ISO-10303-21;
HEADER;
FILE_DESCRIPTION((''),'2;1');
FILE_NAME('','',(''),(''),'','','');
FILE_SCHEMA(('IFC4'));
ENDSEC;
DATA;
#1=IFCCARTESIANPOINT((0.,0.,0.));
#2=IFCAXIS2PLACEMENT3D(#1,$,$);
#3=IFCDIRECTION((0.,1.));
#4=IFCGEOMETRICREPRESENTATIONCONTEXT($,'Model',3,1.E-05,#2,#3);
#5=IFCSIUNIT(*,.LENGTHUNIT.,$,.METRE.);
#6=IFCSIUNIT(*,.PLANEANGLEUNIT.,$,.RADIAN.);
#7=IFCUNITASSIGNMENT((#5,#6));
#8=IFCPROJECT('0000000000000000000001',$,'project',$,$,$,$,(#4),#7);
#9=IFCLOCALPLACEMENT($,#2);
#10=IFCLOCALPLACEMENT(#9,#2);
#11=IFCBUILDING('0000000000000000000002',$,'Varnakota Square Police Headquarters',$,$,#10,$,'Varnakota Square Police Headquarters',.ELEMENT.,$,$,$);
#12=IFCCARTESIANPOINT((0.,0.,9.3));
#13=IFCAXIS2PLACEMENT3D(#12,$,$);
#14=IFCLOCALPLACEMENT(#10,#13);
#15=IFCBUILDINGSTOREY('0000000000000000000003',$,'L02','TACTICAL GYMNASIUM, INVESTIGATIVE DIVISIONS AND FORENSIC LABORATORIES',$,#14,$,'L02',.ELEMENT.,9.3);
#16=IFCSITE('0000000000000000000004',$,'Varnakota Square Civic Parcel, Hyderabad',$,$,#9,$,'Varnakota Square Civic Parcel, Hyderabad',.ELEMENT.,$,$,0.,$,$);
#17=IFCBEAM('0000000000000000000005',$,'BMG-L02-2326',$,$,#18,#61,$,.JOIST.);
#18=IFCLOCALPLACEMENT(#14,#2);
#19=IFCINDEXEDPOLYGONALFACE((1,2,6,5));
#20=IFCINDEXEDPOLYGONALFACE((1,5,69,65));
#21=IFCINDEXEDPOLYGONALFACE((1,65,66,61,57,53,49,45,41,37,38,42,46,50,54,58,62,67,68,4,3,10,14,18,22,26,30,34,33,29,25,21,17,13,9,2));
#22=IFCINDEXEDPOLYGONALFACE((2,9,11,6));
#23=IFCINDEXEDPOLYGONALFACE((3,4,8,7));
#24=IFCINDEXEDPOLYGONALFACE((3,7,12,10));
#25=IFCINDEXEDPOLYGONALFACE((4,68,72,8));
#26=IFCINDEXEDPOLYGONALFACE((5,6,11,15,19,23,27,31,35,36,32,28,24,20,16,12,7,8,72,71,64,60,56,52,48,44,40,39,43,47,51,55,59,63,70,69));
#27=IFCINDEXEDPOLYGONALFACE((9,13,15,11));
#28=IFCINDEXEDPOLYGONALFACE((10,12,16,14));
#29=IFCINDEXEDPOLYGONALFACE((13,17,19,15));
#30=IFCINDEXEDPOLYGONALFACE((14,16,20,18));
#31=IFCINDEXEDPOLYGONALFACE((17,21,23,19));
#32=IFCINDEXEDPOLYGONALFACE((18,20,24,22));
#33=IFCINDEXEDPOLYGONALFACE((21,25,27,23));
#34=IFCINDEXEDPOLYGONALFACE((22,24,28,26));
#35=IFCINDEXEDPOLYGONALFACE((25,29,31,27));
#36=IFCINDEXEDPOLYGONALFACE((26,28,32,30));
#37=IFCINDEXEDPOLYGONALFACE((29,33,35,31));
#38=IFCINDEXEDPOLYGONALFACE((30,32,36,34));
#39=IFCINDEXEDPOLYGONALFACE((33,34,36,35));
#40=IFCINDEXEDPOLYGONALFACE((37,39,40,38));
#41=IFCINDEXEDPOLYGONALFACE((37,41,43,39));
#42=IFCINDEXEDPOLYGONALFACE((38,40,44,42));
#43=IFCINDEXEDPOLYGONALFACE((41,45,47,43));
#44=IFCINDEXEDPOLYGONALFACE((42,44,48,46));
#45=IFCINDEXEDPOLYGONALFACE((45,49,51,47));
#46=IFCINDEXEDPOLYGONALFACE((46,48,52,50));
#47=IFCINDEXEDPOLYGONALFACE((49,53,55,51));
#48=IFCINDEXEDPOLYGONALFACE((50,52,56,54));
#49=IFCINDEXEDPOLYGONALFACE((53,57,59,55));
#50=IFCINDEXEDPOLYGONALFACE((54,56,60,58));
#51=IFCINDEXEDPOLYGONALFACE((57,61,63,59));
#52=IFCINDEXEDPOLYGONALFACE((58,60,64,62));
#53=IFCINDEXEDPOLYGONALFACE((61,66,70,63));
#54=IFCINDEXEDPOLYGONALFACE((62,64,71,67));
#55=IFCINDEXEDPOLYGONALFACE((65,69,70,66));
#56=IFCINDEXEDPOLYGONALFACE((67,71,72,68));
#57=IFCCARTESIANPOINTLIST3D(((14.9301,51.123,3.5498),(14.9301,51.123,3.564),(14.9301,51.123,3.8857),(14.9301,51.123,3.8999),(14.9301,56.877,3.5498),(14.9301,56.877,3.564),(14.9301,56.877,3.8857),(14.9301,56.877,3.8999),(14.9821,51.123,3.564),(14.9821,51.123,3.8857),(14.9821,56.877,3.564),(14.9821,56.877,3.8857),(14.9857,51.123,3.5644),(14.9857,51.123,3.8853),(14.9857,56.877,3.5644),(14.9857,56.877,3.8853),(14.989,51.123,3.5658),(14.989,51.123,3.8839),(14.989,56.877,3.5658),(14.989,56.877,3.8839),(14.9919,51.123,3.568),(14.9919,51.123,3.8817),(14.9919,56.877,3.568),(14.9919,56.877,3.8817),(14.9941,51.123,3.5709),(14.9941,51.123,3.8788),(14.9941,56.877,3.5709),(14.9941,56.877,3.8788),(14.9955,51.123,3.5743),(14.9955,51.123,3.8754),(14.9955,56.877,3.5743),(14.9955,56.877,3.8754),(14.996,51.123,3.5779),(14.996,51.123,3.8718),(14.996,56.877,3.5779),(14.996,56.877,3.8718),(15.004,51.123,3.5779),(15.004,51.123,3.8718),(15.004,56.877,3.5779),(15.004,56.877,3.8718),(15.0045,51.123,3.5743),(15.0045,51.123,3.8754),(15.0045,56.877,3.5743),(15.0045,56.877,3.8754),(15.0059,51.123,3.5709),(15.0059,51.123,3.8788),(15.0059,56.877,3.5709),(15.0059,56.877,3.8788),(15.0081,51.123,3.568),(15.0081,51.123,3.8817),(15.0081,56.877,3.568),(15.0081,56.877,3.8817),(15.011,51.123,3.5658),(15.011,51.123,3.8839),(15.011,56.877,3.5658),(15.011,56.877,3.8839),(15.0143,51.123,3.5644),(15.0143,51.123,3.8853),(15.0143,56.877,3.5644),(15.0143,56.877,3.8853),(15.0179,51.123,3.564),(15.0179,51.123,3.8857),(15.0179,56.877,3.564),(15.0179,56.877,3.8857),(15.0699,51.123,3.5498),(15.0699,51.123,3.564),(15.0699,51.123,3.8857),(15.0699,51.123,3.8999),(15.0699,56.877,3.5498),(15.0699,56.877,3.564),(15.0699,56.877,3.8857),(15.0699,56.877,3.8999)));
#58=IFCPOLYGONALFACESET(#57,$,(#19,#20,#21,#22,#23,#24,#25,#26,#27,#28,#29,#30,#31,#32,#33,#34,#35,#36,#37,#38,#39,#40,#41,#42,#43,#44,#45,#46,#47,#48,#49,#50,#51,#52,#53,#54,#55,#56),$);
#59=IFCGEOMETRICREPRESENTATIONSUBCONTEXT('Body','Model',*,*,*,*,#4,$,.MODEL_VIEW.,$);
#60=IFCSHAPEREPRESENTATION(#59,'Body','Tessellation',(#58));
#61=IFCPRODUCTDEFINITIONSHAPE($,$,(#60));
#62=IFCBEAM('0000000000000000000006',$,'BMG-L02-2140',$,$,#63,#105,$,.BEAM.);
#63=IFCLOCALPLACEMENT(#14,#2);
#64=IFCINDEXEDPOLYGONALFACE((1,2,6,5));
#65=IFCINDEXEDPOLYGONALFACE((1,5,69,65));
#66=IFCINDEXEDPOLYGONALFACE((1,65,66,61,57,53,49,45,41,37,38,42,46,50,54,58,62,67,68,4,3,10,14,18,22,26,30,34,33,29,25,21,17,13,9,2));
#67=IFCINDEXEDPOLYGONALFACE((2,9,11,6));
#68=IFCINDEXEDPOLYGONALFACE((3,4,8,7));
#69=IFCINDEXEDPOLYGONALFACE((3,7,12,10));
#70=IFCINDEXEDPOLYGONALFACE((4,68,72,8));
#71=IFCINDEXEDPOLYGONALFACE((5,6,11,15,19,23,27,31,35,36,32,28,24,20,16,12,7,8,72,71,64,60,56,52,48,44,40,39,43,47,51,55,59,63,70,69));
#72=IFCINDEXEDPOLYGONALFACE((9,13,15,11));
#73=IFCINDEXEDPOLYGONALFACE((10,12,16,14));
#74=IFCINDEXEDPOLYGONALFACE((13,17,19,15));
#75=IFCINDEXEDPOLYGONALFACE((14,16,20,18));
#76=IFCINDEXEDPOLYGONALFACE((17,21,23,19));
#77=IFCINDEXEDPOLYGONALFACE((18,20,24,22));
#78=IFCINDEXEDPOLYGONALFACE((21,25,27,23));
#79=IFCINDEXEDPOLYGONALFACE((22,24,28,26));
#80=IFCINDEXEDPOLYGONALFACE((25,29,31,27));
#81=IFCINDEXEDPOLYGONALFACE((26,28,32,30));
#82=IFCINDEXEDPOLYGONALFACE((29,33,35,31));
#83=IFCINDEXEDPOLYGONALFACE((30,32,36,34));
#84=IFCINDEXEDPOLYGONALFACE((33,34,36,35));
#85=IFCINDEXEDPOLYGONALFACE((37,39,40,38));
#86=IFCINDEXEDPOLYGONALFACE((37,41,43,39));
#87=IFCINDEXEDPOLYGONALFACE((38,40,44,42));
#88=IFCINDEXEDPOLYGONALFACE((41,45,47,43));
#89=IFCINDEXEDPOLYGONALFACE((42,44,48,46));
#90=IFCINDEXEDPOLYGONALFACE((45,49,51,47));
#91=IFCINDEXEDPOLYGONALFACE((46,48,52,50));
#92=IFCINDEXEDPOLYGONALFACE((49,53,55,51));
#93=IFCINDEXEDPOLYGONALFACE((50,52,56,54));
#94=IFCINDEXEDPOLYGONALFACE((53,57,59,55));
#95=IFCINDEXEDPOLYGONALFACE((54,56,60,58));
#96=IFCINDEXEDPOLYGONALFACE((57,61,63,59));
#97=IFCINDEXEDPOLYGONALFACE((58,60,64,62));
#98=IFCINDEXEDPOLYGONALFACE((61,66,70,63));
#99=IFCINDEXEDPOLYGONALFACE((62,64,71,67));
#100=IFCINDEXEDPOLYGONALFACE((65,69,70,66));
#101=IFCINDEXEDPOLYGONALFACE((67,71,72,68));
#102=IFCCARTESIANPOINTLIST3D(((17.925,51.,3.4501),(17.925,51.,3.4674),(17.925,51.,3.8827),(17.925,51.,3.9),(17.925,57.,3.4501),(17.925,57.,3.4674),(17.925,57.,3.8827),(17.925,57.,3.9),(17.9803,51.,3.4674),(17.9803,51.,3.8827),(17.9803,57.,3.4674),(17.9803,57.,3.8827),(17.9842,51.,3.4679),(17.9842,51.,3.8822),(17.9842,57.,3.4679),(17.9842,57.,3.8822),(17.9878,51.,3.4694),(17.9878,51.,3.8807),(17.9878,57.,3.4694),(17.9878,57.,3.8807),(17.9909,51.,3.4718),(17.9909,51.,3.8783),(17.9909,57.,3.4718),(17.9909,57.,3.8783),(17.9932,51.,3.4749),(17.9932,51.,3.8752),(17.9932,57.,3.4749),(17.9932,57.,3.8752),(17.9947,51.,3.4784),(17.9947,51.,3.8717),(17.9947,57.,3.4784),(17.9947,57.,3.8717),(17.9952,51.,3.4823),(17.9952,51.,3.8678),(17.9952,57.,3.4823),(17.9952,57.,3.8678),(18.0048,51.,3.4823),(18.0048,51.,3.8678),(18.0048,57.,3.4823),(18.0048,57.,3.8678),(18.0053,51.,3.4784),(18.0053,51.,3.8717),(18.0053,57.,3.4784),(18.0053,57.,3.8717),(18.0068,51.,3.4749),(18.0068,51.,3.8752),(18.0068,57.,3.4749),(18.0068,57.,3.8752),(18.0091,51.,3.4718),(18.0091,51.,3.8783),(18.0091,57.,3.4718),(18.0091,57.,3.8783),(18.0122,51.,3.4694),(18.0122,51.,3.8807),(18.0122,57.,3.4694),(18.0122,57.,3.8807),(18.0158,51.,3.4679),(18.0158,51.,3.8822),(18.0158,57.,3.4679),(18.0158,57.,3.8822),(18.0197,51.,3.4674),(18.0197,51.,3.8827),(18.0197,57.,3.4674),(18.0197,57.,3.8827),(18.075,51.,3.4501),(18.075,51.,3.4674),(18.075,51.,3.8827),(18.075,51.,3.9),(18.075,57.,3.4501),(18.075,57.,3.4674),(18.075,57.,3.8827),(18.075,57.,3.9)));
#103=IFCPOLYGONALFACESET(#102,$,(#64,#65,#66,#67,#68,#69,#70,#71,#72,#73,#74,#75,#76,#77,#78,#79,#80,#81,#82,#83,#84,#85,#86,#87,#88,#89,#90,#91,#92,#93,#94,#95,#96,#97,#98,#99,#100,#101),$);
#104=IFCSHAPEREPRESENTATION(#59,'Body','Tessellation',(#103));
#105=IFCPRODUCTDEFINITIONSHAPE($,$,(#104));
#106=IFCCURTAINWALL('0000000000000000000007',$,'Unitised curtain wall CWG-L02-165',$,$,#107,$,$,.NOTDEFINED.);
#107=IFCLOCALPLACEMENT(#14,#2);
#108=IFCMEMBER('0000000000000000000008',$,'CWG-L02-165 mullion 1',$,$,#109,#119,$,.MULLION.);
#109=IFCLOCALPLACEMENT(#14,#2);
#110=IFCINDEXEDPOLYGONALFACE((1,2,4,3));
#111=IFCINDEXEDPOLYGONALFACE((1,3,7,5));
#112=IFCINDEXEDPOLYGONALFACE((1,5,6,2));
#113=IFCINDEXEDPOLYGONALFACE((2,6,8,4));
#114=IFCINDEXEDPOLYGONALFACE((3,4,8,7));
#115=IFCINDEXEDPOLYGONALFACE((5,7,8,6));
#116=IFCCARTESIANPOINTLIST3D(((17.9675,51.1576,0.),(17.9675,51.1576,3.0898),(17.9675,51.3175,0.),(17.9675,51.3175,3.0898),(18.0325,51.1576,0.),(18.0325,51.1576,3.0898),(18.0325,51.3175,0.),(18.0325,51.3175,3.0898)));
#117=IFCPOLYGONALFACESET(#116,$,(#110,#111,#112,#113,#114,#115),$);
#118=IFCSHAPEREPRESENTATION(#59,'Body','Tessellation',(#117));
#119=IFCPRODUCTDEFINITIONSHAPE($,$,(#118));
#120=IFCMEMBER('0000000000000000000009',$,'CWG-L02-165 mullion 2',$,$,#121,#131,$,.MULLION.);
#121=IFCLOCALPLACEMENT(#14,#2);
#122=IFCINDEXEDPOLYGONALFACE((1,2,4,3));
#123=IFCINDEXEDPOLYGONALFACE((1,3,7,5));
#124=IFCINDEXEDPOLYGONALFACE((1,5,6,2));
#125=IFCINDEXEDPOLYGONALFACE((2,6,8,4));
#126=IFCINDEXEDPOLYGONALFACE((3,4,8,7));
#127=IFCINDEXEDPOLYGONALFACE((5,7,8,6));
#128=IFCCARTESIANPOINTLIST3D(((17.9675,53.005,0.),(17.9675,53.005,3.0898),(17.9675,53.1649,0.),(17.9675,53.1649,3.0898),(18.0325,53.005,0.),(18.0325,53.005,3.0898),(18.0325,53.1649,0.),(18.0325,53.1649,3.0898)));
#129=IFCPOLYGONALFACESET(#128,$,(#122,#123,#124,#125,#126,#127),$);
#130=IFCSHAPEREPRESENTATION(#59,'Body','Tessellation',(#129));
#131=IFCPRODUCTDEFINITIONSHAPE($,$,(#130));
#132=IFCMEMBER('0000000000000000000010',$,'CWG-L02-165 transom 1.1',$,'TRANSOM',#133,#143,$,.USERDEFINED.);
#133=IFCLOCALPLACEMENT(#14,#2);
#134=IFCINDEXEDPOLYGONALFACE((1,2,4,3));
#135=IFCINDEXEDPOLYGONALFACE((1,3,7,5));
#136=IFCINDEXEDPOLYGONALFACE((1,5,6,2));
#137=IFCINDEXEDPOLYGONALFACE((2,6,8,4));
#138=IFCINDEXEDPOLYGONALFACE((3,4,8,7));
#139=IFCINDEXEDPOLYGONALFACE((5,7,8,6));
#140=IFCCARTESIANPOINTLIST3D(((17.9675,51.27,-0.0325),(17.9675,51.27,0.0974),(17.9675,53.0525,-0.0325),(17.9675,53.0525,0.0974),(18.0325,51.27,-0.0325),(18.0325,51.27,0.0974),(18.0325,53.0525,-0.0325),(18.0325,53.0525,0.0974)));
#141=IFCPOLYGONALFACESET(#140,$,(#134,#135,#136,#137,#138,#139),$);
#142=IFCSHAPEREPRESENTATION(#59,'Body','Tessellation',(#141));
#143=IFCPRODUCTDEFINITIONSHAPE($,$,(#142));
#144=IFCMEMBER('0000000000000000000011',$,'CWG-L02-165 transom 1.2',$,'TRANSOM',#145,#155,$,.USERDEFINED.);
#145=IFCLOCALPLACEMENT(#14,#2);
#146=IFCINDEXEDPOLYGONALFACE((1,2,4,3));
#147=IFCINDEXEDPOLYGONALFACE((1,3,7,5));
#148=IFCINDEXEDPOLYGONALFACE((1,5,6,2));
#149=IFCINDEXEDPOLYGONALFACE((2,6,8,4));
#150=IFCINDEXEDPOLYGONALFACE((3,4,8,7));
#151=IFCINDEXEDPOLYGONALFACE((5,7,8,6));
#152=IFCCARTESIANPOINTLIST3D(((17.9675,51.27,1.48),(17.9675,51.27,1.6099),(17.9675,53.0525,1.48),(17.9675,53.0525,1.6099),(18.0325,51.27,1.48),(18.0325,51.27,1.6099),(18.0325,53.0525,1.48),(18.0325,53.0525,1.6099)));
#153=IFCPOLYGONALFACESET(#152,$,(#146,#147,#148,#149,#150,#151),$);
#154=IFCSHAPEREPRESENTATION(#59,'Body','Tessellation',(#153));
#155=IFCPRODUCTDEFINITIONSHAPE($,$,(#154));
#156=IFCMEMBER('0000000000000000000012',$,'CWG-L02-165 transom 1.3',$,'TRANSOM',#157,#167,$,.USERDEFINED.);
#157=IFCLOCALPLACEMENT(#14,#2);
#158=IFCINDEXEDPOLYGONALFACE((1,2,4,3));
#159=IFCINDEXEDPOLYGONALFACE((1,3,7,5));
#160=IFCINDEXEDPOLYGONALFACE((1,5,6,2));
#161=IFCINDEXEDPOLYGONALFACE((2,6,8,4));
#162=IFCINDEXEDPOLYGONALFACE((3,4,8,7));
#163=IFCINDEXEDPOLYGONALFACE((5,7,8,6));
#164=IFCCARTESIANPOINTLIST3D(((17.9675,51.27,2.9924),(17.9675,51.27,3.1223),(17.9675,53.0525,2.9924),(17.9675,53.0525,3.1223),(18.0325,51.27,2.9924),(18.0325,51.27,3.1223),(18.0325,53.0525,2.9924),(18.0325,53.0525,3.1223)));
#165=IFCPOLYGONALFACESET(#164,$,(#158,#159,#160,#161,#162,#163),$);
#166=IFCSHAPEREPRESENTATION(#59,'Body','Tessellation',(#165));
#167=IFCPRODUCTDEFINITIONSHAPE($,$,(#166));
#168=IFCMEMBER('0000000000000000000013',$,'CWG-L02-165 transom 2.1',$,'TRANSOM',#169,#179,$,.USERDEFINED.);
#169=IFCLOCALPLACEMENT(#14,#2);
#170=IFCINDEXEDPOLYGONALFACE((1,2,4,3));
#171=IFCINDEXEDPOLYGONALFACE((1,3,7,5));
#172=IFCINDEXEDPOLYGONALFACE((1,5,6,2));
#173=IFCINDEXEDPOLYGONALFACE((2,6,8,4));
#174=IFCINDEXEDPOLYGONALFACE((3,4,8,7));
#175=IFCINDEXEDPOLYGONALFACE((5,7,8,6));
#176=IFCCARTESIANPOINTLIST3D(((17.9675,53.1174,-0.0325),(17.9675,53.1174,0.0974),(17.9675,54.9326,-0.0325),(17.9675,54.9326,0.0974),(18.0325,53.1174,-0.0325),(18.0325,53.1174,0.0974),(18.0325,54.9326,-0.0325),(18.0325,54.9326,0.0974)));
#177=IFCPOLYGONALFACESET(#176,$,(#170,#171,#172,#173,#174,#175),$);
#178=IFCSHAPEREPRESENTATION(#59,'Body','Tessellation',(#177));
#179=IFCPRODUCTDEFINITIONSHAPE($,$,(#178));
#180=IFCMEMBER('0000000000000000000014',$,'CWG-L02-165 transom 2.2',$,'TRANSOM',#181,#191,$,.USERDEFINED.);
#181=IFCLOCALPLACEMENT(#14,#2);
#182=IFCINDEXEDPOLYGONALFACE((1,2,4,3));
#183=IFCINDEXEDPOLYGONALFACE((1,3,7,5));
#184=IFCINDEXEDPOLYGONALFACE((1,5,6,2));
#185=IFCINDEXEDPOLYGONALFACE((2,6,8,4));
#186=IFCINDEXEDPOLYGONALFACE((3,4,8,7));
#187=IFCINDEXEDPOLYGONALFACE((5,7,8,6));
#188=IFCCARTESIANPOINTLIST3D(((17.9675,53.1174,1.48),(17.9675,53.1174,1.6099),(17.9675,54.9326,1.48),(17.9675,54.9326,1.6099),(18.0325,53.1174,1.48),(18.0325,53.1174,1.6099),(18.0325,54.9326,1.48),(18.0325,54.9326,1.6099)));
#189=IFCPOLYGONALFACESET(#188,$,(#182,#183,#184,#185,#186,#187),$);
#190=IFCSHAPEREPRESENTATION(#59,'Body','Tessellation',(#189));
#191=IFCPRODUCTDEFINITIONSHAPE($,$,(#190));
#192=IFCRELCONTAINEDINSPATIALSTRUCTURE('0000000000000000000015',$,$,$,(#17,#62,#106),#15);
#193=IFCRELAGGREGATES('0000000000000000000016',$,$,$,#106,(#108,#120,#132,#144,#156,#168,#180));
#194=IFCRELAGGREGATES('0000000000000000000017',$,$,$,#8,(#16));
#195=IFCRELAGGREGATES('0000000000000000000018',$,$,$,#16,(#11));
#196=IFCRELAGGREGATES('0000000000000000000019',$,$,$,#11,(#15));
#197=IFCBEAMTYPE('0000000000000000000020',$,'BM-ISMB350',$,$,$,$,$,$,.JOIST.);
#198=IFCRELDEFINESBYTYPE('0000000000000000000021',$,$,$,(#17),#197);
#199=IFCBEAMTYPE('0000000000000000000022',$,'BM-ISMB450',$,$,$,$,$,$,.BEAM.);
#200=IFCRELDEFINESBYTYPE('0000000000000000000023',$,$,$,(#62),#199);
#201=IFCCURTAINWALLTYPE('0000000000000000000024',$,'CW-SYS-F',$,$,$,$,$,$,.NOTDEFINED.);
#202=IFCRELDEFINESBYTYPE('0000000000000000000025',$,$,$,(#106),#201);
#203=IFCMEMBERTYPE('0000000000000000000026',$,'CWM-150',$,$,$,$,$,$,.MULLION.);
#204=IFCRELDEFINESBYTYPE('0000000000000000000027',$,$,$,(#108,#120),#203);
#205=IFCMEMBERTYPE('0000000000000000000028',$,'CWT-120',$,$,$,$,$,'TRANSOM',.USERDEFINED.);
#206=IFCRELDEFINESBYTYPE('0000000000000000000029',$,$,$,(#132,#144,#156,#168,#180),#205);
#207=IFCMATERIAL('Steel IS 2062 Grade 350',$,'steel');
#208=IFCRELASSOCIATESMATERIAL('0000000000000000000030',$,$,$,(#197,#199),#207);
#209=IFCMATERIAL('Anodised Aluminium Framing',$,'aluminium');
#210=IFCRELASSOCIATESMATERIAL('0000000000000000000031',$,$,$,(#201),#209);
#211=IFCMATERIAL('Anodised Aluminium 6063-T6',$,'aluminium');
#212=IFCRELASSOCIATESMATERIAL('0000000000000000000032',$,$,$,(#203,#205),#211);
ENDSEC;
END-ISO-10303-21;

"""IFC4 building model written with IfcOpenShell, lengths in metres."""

from ifc_helpers import new_model, si_unit, direction, frame, origin, origin_2d, place, context, subcontext, project, spatial, rectangle, i_section, extrude, material, material_profile, profile_set, type_object, element, aggregate, save


model = new_model("IFC4")

# Units and contexts
model_context = context("Model", 3, precision=1e-05, world=origin(), true_north=direction((0.0, 1.0)))
body_context = subcontext(model_context, "Body", "Model", "MODEL_VIEW")
ifc_project = project(units=[si_unit("LENGTHUNIT", "METRE"), si_unit("PLANEANGLEUNIT", "RADIAN")], contexts=[model_context])

# Site, building, storey
site_placement = place(None, origin())
site = spatial("IfcSite", under=ifc_project, at=site_placement, Name="Varnakota Square Civic Parcel, Hyderabad", LongName="Varnakota Square Civic Parcel, Hyderabad", CompositionType="ELEMENT", RefElevation=0.0)
building_placement = place(site_placement, origin())
building = spatial("IfcBuilding", under=site, at=building_placement, Name="Varnakota Square Police Headquarters", LongName="Varnakota Square Police Headquarters", CompositionType="ELEMENT")
storey_placement = place(building_placement, frame((0.0, 0.0, 9.3)))
storey = spatial("IfcBuildingStorey", under=building, at=storey_placement, Name="L02", Description="TACTICAL GYMNASIUM, INVESTIGATIVE DIVISIONS AND FORENSIC LABORATORIES", LongName="L02", CompositionType="ELEMENT", Elevation=9.3)

# Shared definitions
ifc_material_1 = material(Name="Steel IS 2062 Grade 350", Category="steel")

# Beams
ifc_material_profile_1 = material_profile(ifc_material_1, i_section(OverallWidth=0.1399, OverallDepth=0.3501, WebThickness=0.0081, FlangeThickness=0.0142, FilletRadius=0.0139, at=origin_2d()), Name="ISMB 350")
ifc_profile_set_1 = profile_set([ifc_material_profile_1], Name="Steel IS 2062 Grade 350")
beam_type_1 = type_object("IfcBeamType", Name="BM-ISMB350", PredefinedType="JOIST", material=ifc_profile_set_1)
beam_1_placement = place(storey_placement, frame((15.0, 51.123, 3.7249), z_axis=(0.0, 1.0, 0.0), x_axis=(-1.0, 0.0, 0.0)))
element("IfcBeam", 1, at=beam_1_placement, inside=storey, type_object=beam_type_1, Name="BMG-L02-2326", PredefinedType="JOIST", context=body_context, shape_type="SweptSolid", body=[
    extrude(i_section(OverallWidth=0.1399, OverallDepth=0.3501, WebThickness=0.0081, FlangeThickness=0.0142, FilletRadius=0.0139, at=origin_2d()), origin(), (0.0, 0.0, 1.0), 5.7539),
])
ifc_material_profile_2 = material_profile(ifc_material_1, i_section(OverallWidth=0.1499, OverallDepth=0.45, WebThickness=0.0095, FlangeThickness=0.0173, FilletRadius=0.0149, at=origin_2d()), Name="ISMB 450")
ifc_profile_set_2 = profile_set([ifc_material_profile_2], Name="Steel IS 2062 Grade 350")
beam_type_2 = type_object("IfcBeamType", Name="BM-ISMB450", PredefinedType="BEAM", material=ifc_profile_set_2)
beam_2_placement = place(storey_placement, frame((18.0, 51.0, 3.675), z_axis=(0.0, 1.0, 0.0), x_axis=(-1.0, 0.0, 0.0)))
element("IfcBeam", 2, at=beam_2_placement, inside=storey, type_object=beam_type_2, Name="BMG-L02-2140", PredefinedType="BEAM", context=body_context, shape_type="SweptSolid", body=[
    extrude(i_section(OverallWidth=0.1499, OverallDepth=0.45, WebThickness=0.0095, FlangeThickness=0.0173, FilletRadius=0.0149, at=origin_2d()), origin(), (0.0, 0.0, 1.0), 6.0),
])

# Curtain wall, members
ifc_material_2 = material(Name="Anodised Aluminium Framing", Category="aluminium")
curtain_wall_type = type_object("IfcCurtainWallType", Name="CW-SYS-F", PredefinedType="NOTDEFINED", material=ifc_material_2)
curtain_wall_placement = place(storey_placement, origin())
curtain_wall = element("IfcCurtainWall", 3, at=curtain_wall_placement, inside=storey, type_object=curtain_wall_type, Name="Unitised curtain wall CWG-L02-165", PredefinedType="NOTDEFINED")
ifc_material_3 = material(Name="Anodised Aluminium 6063-T6", Category="aluminium")
ifc_material_profile_3 = material_profile(ifc_material_3, rectangle(XDim=0.0649, YDim=0.1599, at=origin_2d()), Name="ALU MULLION 65x160")
ifc_profile_set_3 = profile_set([ifc_material_profile_3], Name="Anodised Aluminium 6063-T6")
member_type_1 = type_object("IfcMemberType", Name="CWM-150", PredefinedType="MULLION", material=ifc_profile_set_3)
member_1_placement = place(storey_placement, frame((18.0, 51.2375, 0.0), z_axis=(0.0, 0.0, 1.0), x_axis=(-1.0, 0.0, 0.0)))
member_1 = element("IfcMember", 4, at=member_1_placement, type_object=member_type_1, Name="CWG-L02-165 mullion 1", PredefinedType="MULLION", context=body_context, shape_type="SweptSolid", body=[
    extrude(rectangle(XDim=0.0649, YDim=0.1599, at=origin_2d()), origin(), (0.0, 0.0, 1.0), 3.0898),
])
member_2_placement = place(storey_placement, frame((18.0, 53.085, 0.0), z_axis=(0.0, 0.0, 1.0), x_axis=(-1.0, 0.0, 0.0)))
member_2 = element("IfcMember", 5, at=member_2_placement, type_object=member_type_1, Name="CWG-L02-165 mullion 2", PredefinedType="MULLION", context=body_context, shape_type="SweptSolid", body=[
    extrude(rectangle(XDim=0.0649, YDim=0.1599, at=origin_2d()), origin(), (0.0, 0.0, 1.0), 3.0898),
])
ifc_material_profile_4 = material_profile(ifc_material_3, rectangle(XDim=0.0649, YDim=0.1299, at=origin_2d()), Name="ALU TRANSOM 65x130")
ifc_profile_set_4 = profile_set([ifc_material_profile_4], Name="Anodised Aluminium 6063-T6")
member_type_2 = type_object("IfcMemberType", Name="CWT-120", ElementType="TRANSOM", PredefinedType="USERDEFINED", material=ifc_profile_set_4)
member_3_placement = place(storey_placement, frame((18.0, 51.27, 0.0325), z_axis=(0.0, 1.0, 0.0), x_axis=(-1.0, 0.0, 0.0)))
member_3 = element("IfcMember", 6, at=member_3_placement, type_object=member_type_2, Name="CWG-L02-165 transom 1.1", ObjectType="TRANSOM", PredefinedType="USERDEFINED", context=body_context, shape_type="SweptSolid", body=[
    extrude(rectangle(XDim=0.0649, YDim=0.1299, at=origin_2d()), origin(), (0.0, 0.0, 1.0), 1.7825),
])
member_4_placement = place(storey_placement, frame((18.0, 51.27, 1.5449), z_axis=(0.0, 1.0, 0.0), x_axis=(-1.0, 0.0, 0.0)))
member_4 = element("IfcMember", 7, at=member_4_placement, type_object=member_type_2, Name="CWG-L02-165 transom 1.2", ObjectType="TRANSOM", PredefinedType="USERDEFINED", context=body_context, shape_type="SweptSolid", body=[
    extrude(rectangle(XDim=0.0649, YDim=0.1299, at=origin_2d()), origin(), (0.0, 0.0, 1.0), 1.7825),
])
member_5_placement = place(storey_placement, frame((18.0, 51.27, 3.0574), z_axis=(0.0, 1.0, 0.0), x_axis=(-1.0, 0.0, 0.0)))
member_5 = element("IfcMember", 8, at=member_5_placement, type_object=member_type_2, Name="CWG-L02-165 transom 1.3", ObjectType="TRANSOM", PredefinedType="USERDEFINED", context=body_context, shape_type="SweptSolid", body=[
    extrude(rectangle(XDim=0.0649, YDim=0.1299, at=origin_2d()), origin(), (0.0, 0.0, 1.0), 1.7825),
])
member_6_placement = place(storey_placement, frame((18.0, 53.1174, 0.0325), z_axis=(0.0, 1.0, 0.0), x_axis=(-1.0, 0.0, 0.0)))
member_6 = element("IfcMember", 9, at=member_6_placement, type_object=member_type_2, Name="CWG-L02-165 transom 2.1", ObjectType="TRANSOM", PredefinedType="USERDEFINED", context=body_context, shape_type="SweptSolid", body=[
    extrude(rectangle(XDim=0.0649, YDim=0.1299, at=origin_2d()), origin(), (0.0, 0.0, 1.0), 1.8152),
])
member_7_placement = place(storey_placement, frame((18.0, 53.1174, 1.5449), z_axis=(0.0, 1.0, 0.0), x_axis=(-1.0, 0.0, 0.0)))
member_7 = element("IfcMember", 10, at=member_7_placement, type_object=member_type_2, Name="CWG-L02-165 transom 2.2", ObjectType="TRANSOM", PredefinedType="USERDEFINED", context=body_context, shape_type="SweptSolid", body=[
    extrude(rectangle(XDim=0.0649, YDim=0.1299, at=origin_2d()), origin(), (0.0, 0.0, 1.0), 1.8152),
])
aggregate(curtain_wall, [member_1, member_2, member_3, member_4, member_5, member_6, member_7])

save(model, "model.ifc")
